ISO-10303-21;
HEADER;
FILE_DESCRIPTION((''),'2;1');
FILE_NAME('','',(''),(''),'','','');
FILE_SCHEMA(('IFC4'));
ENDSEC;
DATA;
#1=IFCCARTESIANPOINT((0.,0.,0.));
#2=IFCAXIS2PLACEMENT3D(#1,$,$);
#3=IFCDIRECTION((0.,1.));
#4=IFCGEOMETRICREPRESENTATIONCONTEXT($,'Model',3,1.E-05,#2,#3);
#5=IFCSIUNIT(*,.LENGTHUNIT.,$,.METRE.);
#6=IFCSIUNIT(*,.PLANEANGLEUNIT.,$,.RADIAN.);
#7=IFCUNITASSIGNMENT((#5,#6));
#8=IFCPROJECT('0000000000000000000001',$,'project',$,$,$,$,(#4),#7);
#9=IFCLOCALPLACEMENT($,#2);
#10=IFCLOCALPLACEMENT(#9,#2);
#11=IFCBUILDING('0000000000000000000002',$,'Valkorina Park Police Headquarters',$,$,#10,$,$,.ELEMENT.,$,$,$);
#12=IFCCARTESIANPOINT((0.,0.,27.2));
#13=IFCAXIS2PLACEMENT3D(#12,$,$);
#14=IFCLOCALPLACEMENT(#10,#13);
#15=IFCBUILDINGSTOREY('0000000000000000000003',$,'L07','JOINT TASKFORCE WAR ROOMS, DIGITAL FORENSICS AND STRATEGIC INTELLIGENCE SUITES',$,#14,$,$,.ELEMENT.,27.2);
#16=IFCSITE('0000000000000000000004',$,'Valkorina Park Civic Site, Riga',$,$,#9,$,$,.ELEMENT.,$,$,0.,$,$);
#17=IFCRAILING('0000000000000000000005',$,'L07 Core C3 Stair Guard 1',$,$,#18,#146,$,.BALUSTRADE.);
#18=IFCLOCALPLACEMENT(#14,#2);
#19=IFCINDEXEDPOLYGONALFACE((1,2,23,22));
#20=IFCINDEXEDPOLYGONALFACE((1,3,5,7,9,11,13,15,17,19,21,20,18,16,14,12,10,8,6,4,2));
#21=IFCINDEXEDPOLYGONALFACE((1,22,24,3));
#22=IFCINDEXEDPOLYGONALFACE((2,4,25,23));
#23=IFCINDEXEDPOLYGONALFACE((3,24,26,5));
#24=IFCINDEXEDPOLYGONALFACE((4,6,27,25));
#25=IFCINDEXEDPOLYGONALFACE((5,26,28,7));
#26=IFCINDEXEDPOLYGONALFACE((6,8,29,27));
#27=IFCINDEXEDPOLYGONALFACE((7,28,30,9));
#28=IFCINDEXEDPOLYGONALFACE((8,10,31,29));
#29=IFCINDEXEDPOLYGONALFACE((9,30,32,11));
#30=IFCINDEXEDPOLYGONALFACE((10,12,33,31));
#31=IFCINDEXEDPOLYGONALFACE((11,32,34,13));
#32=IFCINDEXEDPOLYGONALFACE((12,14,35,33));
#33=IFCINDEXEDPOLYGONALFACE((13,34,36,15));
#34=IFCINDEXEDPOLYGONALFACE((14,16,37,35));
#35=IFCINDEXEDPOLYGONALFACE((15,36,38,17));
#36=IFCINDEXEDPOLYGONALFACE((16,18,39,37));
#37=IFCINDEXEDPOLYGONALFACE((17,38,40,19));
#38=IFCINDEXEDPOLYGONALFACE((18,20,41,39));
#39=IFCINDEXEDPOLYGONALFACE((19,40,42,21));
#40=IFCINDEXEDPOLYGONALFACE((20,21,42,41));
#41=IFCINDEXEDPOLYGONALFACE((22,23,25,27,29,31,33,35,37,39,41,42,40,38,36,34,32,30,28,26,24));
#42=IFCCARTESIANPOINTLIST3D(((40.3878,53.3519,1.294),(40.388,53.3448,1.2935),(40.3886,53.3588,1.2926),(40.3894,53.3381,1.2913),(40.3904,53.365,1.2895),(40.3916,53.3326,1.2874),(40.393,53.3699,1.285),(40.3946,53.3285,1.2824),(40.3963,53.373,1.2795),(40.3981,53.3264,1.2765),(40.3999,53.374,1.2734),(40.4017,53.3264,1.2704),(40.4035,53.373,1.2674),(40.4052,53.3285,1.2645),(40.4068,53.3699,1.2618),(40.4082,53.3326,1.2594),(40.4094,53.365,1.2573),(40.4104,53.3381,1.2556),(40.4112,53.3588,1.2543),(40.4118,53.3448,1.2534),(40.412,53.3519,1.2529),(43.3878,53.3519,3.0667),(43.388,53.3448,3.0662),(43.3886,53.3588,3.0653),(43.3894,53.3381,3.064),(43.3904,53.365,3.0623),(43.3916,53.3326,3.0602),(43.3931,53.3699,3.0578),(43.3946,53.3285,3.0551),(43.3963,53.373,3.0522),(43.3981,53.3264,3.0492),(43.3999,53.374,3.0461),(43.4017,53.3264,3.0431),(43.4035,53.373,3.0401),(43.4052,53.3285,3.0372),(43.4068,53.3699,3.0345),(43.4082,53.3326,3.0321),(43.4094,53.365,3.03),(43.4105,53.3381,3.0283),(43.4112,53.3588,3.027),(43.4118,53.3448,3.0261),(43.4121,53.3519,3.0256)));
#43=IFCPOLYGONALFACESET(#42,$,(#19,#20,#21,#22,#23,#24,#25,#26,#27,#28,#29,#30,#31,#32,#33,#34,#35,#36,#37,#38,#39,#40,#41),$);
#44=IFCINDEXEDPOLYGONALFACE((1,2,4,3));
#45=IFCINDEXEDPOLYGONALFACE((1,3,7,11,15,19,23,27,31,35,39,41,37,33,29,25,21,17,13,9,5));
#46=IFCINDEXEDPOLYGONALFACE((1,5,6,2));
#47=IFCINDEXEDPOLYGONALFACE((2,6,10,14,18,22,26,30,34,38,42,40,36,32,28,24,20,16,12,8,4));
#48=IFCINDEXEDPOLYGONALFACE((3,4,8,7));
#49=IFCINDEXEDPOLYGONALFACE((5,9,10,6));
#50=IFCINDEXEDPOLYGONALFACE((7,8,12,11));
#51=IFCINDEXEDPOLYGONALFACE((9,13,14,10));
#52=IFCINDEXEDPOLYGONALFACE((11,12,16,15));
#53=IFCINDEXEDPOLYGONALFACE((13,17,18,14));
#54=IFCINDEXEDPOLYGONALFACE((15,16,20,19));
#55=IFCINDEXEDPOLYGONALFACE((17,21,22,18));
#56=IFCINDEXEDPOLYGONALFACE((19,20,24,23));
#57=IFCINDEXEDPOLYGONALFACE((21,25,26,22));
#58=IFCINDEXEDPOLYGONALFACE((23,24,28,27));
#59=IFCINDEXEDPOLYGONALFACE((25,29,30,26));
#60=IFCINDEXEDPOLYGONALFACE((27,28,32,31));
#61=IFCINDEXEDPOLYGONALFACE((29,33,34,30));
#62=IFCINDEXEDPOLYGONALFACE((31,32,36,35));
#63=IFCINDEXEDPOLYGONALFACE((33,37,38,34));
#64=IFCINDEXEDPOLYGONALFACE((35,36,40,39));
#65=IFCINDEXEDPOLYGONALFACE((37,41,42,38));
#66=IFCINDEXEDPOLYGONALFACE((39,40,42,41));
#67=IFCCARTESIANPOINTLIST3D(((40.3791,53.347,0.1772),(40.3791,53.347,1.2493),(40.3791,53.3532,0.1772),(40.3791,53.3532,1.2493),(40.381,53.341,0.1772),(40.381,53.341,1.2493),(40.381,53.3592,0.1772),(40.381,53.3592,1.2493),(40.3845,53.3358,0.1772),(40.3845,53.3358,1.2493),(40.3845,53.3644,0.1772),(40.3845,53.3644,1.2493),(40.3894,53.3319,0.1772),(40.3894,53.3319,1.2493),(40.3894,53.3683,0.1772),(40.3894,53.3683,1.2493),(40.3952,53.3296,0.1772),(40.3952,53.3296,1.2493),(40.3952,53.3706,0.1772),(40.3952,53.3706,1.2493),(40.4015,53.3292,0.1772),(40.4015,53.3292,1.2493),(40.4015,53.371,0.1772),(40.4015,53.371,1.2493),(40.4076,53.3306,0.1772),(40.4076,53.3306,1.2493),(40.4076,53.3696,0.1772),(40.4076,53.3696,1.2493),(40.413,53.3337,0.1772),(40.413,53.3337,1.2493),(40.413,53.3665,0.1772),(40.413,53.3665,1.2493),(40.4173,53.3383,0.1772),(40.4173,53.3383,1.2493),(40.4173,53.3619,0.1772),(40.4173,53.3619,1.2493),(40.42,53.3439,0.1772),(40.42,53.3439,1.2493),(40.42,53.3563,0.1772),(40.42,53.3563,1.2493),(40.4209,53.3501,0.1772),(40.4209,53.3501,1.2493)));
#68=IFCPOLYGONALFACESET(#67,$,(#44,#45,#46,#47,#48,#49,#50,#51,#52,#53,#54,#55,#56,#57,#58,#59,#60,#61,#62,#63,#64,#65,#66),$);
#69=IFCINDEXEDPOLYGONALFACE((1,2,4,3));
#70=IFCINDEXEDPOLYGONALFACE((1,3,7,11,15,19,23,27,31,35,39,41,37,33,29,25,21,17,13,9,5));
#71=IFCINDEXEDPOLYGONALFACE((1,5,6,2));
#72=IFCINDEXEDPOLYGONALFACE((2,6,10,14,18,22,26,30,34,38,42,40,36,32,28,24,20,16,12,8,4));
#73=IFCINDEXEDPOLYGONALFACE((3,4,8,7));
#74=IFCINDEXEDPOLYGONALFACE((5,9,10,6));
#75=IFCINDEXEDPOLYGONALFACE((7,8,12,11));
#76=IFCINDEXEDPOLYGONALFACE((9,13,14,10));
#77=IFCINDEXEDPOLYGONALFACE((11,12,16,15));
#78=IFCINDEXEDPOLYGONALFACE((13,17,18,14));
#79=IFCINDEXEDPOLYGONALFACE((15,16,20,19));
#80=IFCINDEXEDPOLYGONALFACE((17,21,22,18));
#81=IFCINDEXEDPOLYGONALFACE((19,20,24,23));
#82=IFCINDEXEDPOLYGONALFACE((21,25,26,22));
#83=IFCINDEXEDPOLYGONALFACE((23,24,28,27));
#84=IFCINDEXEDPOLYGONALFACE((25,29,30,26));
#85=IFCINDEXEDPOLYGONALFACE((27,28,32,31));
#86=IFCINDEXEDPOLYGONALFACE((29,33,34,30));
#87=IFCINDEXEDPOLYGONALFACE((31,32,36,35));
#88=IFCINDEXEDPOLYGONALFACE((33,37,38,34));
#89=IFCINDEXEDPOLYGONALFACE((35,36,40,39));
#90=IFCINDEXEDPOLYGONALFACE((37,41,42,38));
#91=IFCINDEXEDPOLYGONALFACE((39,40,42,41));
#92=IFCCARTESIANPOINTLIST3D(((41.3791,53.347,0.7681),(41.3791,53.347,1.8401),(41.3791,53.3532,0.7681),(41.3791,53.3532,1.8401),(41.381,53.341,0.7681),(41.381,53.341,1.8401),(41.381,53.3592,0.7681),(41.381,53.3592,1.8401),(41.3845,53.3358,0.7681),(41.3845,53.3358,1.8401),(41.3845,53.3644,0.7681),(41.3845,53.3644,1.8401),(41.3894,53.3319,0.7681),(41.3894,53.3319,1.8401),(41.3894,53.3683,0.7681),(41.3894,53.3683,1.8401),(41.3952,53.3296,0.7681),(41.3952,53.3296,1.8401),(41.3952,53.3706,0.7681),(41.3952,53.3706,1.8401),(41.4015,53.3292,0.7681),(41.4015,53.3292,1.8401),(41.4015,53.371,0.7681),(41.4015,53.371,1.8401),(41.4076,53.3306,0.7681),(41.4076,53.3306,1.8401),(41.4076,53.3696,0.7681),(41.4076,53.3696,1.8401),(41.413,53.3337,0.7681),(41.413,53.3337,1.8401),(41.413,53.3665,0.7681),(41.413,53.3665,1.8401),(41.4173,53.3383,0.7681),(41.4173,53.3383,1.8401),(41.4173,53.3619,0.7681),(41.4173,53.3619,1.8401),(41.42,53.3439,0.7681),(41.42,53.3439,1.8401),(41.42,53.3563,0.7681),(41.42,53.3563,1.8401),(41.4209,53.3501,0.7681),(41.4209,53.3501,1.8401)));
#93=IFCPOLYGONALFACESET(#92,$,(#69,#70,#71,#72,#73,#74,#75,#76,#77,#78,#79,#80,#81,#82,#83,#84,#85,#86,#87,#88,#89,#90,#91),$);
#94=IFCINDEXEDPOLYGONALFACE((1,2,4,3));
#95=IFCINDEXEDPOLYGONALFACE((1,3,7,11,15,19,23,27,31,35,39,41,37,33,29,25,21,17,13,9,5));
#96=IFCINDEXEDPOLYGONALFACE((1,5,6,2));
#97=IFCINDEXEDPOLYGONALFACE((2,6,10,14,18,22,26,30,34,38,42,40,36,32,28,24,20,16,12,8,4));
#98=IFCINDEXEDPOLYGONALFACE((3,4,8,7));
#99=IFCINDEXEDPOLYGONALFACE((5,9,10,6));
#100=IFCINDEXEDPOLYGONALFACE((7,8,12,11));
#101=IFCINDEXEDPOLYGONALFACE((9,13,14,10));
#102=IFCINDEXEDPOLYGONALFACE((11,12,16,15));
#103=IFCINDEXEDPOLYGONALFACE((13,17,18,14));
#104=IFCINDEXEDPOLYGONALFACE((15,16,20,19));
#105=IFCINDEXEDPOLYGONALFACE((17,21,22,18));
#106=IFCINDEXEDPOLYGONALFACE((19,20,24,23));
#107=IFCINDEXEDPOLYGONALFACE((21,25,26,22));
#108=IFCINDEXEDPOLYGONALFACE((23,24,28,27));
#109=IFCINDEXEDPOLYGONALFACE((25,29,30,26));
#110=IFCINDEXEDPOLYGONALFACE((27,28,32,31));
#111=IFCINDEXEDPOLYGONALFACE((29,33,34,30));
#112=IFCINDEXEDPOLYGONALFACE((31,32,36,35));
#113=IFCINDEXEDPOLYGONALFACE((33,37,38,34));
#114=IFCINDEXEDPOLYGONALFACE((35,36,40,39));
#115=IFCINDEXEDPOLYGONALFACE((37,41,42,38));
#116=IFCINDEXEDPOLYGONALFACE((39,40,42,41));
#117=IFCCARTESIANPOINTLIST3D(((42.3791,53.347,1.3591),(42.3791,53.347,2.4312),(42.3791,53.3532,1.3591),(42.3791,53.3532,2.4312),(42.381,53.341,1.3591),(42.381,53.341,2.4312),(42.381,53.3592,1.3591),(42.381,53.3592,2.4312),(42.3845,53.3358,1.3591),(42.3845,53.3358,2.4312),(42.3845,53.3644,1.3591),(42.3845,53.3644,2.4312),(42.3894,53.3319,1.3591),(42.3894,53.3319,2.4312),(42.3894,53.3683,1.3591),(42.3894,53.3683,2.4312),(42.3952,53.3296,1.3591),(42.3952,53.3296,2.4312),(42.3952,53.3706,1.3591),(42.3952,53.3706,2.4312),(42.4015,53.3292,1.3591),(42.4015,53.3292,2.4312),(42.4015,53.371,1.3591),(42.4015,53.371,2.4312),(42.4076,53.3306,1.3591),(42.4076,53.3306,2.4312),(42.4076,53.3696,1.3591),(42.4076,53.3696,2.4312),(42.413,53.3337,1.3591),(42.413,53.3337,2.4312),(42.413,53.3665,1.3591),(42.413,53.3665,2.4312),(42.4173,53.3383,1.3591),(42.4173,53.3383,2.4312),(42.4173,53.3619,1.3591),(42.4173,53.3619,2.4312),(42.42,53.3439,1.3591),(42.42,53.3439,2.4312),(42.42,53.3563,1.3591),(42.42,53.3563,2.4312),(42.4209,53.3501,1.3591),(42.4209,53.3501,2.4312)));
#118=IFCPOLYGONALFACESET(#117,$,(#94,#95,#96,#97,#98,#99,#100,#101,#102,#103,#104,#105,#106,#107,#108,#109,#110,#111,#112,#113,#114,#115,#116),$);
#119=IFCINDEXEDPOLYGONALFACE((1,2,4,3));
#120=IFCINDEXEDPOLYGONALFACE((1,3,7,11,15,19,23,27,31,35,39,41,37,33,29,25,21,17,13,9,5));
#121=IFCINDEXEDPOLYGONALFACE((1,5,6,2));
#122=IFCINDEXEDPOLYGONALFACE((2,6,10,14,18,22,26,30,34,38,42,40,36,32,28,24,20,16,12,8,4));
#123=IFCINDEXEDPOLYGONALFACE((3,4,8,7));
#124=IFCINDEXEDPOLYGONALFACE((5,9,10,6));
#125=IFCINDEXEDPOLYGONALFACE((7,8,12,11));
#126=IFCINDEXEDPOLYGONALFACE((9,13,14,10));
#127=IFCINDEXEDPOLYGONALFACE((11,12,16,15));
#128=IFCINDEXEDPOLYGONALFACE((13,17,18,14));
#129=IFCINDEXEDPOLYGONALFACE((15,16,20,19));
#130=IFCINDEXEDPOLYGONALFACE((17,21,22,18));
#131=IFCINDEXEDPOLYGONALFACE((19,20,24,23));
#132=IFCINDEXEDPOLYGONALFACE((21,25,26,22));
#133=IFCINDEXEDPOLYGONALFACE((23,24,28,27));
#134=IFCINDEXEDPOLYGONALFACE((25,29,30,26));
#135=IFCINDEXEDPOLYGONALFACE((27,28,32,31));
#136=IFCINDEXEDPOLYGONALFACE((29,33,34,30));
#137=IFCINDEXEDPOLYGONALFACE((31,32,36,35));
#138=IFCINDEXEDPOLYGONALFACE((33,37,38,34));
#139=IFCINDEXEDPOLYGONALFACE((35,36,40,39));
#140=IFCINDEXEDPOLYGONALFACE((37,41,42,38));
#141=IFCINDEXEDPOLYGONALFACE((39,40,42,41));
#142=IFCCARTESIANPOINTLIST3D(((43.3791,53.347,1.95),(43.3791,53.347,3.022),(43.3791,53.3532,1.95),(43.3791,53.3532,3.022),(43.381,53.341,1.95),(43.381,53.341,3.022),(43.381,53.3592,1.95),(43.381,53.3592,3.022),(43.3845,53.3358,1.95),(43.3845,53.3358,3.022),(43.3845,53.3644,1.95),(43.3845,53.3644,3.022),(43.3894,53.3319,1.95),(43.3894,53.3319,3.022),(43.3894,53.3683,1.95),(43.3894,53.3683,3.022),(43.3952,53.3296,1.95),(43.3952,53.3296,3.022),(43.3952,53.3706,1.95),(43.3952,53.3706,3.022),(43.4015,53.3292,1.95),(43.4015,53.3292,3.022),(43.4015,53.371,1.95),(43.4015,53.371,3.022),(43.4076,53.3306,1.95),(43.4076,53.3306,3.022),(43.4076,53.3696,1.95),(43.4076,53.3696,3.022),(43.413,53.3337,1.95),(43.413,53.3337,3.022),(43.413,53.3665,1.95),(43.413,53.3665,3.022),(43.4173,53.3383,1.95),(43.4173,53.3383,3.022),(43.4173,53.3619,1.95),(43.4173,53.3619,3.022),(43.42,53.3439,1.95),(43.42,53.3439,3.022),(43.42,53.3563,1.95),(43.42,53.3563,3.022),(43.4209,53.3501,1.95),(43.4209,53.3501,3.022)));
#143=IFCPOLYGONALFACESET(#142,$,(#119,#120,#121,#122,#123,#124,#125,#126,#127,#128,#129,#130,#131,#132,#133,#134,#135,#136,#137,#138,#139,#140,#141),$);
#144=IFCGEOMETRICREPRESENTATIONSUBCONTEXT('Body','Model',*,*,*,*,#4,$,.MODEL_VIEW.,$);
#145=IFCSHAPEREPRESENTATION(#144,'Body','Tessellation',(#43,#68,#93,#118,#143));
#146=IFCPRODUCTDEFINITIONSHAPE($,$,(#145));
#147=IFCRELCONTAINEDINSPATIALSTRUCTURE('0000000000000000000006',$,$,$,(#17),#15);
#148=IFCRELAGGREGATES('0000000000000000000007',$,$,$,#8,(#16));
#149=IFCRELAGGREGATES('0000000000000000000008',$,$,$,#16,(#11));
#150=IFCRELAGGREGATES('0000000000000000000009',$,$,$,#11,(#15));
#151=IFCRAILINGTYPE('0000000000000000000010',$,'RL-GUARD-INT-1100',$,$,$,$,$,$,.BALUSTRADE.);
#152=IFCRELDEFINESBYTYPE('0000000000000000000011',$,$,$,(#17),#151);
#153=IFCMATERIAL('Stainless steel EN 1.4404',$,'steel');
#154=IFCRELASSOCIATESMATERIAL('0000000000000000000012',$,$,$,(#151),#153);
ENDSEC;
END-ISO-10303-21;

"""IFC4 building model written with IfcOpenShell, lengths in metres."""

from ifc_helpers import new_model, si_unit, direction, frame, origin, origin_2d, place, context, subcontext, project, spatial, circle, extrude, material, type_object, element, save


model = new_model("IFC4")

# Units and contexts
model_context = context("Model", 3, precision=1e-05, world=origin(), true_north=direction((0.0, 1.0)))
body_context = subcontext(model_context, "Body", "Model", "MODEL_VIEW")
ifc_project = project(units=[si_unit("LENGTHUNIT", "METRE"), si_unit("PLANEANGLEUNIT", "RADIAN")], contexts=[model_context])

# Site, building, storey
site_placement = place(None, origin())
site = spatial("IfcSite", under=ifc_project, at=site_placement, Name="Valkorina Park Civic Site, Riga", CompositionType="ELEMENT", RefElevation=0.0)
building_placement = place(site_placement, origin())
building = spatial("IfcBuilding", under=site, at=building_placement, Name="Valkorina Park Police Headquarters", CompositionType="ELEMENT")
storey_placement = place(building_placement, frame((0.0, 0.0, 27.2)))
storey = spatial("IfcBuildingStorey", under=building, at=storey_placement, Name="L07", Description="JOINT TASKFORCE WAR ROOMS, DIGITAL FORENSICS AND STRATEGIC INTELLIGENCE SUITES", CompositionType="ELEMENT", Elevation=27.2)

# Railing
ifc_material_1 = material(Name="Stainless steel EN 1.4404", Category="steel")
railing_type_1 = type_object("IfcRailingType", Name="RL-GUARD-INT-1100", PredefinedType="BALUSTRADE", material=ifc_material_1)
railing_1_placement = place(storey_placement, frame((40.3999, 53.3501, 0.1772)))
element("IfcRailing", 1, at=railing_1_placement, inside=storey, type_object=railing_type_1, Name="L07 Core C3 Stair Guard 1", PredefinedType="BALUSTRADE", context=body_context, shape_type="SweptSolid", body=[
    extrude(circle(Radius=0.0239, at=origin_2d()), frame((0.0, 0.0, 1.0962), z_axis=(0.860929, 0.0, 0.508725), x_axis=(0.0, 1.0, 0.0)), (0.0, 0.0, 1.0), 3.4846),
    extrude(circle(Radius=0.021, at=origin_2d()), origin(), (0.0, 0.0, 1.0), 1.072),
    extrude(circle(Radius=0.021, at=origin_2d()), frame((1.0, 0.0, 0.5908)), (0.0, 0.0, 1.0), 1.072),
    extrude(circle(Radius=0.021, at=origin_2d()), frame((2.0, 0.0, 1.1819)), (0.0, 0.0, 1.0), 1.072),
    extrude(circle(Radius=0.021, at=origin_2d()), frame((3.0, 0.0, 1.7727)), (0.0, 0.0, 1.0), 1.072),
])

save(model, "model.ifc")
